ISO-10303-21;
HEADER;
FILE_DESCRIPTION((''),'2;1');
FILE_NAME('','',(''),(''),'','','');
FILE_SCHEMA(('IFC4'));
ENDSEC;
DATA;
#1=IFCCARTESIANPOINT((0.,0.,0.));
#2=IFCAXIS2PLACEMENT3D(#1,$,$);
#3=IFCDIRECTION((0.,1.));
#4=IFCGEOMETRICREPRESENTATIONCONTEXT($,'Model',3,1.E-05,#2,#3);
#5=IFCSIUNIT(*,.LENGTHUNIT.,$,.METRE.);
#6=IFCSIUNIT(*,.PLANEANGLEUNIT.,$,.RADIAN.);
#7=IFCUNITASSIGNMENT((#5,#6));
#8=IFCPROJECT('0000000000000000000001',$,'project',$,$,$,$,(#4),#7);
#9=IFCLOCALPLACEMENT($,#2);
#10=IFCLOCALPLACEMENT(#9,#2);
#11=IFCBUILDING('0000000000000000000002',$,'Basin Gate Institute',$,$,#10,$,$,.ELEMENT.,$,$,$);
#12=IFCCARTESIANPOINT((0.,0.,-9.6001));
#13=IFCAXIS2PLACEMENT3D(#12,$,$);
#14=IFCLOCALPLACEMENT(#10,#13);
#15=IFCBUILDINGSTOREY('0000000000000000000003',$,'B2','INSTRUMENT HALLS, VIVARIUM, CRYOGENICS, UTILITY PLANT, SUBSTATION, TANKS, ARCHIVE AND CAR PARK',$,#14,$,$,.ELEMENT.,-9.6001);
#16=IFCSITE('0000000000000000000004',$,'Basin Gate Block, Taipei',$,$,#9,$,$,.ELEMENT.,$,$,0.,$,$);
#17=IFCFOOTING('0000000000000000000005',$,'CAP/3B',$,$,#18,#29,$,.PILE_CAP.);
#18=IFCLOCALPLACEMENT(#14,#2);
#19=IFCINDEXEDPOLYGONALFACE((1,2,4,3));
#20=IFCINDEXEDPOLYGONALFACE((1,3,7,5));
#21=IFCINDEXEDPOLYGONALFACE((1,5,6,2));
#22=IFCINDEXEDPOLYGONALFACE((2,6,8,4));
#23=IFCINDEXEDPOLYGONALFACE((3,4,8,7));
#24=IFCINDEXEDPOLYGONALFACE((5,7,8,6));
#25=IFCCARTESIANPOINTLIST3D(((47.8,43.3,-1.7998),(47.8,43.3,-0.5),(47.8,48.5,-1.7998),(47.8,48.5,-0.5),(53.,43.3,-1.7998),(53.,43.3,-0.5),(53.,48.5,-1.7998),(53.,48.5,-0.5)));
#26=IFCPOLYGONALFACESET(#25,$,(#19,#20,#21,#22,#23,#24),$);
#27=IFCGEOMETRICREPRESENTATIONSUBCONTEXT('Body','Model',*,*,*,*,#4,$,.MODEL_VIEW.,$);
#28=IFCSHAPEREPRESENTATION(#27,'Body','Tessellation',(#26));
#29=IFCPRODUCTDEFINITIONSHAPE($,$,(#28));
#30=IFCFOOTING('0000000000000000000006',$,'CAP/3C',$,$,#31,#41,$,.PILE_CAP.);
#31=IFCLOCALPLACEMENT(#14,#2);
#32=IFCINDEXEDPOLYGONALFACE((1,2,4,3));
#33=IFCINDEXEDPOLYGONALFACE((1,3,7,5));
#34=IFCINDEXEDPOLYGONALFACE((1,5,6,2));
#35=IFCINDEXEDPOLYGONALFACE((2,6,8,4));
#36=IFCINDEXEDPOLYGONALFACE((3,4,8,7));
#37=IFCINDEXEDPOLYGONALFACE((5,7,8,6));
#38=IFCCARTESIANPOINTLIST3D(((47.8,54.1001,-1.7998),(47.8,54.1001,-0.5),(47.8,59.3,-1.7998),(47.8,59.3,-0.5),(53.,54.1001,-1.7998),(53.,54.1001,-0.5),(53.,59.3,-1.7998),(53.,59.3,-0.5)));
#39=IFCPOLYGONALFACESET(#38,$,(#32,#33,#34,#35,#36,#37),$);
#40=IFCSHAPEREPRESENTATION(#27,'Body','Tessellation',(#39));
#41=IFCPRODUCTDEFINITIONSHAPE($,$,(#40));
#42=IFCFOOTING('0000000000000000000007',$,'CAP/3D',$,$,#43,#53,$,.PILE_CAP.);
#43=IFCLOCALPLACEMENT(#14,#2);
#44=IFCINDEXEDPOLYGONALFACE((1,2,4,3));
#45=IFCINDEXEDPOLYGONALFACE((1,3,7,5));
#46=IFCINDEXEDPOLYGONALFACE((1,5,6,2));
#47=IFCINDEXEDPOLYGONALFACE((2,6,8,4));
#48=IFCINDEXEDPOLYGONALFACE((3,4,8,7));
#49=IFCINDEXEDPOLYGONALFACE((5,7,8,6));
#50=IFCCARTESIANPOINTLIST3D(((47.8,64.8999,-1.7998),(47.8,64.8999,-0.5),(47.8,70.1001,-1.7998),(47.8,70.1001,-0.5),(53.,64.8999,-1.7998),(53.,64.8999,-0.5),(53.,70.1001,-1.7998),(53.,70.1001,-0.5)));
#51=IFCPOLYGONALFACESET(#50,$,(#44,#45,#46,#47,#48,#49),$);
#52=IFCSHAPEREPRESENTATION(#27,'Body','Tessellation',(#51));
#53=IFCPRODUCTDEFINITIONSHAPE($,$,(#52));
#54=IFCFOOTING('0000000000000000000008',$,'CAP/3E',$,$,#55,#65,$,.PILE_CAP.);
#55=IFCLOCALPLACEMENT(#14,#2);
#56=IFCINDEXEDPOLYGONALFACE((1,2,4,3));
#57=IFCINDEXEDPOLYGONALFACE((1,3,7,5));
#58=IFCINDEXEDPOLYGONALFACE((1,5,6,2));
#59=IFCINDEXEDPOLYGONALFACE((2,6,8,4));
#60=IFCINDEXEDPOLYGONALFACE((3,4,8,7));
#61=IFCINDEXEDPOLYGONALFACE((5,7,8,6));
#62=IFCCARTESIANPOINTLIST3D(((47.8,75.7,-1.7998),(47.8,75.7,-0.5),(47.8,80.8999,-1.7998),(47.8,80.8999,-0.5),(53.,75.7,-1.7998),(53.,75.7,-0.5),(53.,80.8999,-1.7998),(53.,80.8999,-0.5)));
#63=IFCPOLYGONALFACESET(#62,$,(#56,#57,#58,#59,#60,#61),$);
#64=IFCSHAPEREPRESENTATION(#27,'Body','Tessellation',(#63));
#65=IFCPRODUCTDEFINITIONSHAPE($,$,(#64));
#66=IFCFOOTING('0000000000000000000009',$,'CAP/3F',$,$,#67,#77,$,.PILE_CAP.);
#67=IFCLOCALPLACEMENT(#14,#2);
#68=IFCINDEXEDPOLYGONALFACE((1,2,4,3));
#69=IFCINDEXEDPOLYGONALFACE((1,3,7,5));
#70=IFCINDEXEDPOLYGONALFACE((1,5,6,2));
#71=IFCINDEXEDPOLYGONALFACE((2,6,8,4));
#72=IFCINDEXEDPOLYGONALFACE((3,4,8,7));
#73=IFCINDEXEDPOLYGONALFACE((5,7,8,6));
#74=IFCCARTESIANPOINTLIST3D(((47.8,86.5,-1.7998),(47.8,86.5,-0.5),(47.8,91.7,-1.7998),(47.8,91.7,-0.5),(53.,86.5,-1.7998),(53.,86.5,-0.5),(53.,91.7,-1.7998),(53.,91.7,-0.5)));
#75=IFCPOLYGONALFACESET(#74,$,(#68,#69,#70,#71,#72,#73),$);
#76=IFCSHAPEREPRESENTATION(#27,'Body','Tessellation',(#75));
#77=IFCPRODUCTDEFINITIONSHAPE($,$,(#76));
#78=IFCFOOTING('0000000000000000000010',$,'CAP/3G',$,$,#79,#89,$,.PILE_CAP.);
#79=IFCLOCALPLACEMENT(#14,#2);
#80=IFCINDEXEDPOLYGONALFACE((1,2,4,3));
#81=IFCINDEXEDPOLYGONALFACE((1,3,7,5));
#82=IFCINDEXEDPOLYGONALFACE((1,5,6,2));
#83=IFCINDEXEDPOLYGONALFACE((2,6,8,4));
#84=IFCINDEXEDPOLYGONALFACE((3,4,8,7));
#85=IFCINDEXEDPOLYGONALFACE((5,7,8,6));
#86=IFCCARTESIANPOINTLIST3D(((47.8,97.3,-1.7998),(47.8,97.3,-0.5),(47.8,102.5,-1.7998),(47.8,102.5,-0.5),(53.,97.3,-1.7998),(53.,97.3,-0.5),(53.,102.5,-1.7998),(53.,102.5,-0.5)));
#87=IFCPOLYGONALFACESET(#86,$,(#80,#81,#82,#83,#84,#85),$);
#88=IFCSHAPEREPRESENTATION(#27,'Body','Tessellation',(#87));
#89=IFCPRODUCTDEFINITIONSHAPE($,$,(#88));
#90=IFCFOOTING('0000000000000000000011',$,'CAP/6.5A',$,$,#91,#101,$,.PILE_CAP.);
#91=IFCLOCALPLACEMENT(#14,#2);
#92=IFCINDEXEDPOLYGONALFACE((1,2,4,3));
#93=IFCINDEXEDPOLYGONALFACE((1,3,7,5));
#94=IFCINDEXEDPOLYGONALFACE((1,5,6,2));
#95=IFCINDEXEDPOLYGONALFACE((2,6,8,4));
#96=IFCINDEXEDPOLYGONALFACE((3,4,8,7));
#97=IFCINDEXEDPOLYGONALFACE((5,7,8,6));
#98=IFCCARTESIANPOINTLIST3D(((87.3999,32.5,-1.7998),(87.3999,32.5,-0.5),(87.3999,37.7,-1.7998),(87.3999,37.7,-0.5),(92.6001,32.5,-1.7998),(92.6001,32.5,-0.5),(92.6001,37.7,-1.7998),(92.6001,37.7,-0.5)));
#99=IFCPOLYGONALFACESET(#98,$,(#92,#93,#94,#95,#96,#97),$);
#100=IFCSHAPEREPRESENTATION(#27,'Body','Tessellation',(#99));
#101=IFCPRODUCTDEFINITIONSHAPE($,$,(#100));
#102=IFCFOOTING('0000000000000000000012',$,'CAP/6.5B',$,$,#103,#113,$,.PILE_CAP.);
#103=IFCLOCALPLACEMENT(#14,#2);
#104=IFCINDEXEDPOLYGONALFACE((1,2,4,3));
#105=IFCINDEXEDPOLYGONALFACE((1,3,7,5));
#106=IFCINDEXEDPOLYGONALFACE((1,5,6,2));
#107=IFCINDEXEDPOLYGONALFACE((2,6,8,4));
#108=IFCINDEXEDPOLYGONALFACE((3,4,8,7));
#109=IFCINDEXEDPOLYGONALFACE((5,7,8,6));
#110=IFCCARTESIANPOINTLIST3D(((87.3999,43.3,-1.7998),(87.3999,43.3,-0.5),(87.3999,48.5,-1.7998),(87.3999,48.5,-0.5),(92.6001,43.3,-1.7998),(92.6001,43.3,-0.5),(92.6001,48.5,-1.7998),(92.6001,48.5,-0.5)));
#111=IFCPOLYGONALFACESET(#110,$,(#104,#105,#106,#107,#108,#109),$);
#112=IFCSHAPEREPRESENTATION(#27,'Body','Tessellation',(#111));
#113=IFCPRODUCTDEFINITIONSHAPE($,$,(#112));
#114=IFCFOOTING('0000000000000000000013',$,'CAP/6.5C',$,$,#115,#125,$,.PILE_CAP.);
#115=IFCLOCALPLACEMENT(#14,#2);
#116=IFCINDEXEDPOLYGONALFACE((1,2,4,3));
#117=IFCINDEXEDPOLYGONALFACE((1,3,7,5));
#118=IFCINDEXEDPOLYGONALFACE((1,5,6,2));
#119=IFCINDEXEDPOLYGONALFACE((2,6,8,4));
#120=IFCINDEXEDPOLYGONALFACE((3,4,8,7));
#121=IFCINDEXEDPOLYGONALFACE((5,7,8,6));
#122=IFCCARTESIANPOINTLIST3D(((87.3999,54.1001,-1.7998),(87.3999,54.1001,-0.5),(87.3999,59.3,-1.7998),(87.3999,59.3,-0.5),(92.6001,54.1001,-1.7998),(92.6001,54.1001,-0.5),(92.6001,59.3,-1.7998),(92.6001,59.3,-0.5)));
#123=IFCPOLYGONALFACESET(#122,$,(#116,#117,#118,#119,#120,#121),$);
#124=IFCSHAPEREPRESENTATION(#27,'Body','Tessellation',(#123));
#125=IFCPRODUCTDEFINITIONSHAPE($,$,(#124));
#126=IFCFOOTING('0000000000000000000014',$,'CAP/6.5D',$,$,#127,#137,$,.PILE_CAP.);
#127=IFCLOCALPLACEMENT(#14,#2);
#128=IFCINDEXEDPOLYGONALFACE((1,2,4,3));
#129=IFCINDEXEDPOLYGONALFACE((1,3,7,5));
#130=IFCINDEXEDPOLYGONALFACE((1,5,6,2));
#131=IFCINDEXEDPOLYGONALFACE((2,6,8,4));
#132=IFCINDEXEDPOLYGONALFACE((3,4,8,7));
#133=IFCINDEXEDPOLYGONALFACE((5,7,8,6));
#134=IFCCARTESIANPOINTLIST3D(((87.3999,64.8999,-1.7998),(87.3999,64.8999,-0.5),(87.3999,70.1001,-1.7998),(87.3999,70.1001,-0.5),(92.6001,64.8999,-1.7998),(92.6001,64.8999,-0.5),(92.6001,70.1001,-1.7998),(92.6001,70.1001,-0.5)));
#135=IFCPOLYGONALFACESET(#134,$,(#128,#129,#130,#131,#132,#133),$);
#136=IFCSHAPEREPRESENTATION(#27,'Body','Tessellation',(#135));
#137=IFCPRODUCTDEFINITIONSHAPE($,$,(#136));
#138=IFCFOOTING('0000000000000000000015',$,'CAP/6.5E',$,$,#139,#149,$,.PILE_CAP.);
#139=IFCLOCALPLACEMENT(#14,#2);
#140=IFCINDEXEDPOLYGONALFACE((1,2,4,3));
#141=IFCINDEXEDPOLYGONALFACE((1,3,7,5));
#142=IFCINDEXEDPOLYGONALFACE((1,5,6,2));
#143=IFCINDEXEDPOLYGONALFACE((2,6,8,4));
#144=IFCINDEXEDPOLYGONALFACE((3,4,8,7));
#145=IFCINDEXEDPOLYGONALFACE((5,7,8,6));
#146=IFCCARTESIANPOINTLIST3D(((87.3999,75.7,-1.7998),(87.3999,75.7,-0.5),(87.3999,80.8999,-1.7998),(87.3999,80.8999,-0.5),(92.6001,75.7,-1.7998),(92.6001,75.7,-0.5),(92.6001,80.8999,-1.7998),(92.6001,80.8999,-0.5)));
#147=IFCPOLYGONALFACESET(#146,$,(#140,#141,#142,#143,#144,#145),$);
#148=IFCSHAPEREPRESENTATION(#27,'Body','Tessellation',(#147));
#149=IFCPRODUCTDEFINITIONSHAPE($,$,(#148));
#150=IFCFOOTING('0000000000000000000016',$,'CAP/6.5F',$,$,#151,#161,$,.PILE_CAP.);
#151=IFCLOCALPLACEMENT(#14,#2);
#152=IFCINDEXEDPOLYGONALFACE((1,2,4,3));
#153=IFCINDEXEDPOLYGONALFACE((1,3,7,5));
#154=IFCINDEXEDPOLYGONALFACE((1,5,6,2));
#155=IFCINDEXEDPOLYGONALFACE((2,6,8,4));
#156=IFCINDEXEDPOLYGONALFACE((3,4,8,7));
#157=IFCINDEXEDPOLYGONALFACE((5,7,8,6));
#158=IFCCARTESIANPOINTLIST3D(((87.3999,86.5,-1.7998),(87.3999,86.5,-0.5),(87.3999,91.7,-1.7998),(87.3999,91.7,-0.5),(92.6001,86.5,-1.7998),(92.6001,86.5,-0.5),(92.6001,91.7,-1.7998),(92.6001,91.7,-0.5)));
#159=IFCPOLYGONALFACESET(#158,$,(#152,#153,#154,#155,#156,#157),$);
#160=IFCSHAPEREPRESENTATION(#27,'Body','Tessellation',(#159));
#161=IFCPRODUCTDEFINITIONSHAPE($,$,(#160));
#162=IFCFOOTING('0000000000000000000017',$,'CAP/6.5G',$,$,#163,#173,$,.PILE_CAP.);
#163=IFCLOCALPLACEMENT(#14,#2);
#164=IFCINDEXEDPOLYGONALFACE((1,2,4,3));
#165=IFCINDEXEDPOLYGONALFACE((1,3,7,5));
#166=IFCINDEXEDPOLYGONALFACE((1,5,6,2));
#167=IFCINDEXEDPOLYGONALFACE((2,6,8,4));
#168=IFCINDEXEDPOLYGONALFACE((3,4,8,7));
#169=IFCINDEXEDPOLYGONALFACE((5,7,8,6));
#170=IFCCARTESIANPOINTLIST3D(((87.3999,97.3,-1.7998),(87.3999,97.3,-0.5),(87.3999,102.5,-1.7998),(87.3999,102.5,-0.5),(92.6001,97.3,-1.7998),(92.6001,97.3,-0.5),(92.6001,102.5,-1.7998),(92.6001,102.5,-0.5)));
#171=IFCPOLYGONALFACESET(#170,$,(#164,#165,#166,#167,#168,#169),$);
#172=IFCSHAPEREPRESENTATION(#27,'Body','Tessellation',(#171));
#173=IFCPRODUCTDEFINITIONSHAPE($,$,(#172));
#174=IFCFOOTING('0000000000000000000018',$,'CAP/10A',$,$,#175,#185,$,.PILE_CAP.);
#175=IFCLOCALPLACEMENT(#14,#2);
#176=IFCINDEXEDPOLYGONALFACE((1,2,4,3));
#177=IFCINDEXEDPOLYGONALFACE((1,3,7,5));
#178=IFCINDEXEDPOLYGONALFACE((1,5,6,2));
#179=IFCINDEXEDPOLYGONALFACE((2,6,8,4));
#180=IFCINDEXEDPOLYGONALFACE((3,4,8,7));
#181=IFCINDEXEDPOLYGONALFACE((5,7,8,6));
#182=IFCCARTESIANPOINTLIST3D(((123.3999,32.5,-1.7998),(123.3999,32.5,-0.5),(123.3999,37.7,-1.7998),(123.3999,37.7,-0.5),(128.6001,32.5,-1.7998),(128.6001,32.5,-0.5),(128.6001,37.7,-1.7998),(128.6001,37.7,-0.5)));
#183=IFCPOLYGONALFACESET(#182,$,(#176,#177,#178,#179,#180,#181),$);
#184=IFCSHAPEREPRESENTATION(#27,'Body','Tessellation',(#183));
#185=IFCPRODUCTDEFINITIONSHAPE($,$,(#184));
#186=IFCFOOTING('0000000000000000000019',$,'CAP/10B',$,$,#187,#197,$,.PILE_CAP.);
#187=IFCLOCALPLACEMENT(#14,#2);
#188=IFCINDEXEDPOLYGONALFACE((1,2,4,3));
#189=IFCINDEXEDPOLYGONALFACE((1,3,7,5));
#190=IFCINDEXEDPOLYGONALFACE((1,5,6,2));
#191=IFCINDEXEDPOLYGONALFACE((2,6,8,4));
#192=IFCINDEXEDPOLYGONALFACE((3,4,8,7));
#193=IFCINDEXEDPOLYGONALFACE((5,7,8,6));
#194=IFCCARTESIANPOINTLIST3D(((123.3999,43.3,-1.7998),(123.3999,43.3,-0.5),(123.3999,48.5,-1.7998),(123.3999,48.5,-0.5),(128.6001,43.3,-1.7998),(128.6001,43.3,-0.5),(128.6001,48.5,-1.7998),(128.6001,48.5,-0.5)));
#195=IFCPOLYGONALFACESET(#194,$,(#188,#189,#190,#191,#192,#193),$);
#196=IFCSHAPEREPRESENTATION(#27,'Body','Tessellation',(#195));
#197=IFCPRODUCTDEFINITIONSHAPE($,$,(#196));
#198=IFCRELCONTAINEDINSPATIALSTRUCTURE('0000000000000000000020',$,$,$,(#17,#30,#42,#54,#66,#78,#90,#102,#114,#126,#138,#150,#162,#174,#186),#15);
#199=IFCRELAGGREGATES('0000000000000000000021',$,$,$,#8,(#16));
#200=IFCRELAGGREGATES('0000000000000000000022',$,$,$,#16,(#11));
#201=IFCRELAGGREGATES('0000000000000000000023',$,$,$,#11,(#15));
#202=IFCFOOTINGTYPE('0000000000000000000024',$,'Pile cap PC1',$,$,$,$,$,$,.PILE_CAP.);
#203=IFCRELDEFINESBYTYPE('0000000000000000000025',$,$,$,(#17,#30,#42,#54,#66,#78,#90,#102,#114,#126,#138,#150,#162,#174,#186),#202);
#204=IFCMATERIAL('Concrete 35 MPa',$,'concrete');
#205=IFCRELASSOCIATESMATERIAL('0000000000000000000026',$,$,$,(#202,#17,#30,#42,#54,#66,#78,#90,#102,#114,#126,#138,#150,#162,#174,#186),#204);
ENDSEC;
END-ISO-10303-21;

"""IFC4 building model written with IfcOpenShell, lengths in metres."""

from ifc_helpers import new_model, si_unit, direction, frame, origin, place, context, subcontext, project, spatial, polyline, outline, extrude, material, type_object, element, save


model = new_model("IFC4")

# Units and contexts
model_context = context("Model", 3, precision=1e-05, world=origin(), true_north=direction((0.0, 1.0)))
body_context = subcontext(model_context, "Body", "Model", "MODEL_VIEW")
ifc_project = project(units=[si_unit("LENGTHUNIT", "METRE"), si_unit("PLANEANGLEUNIT", "RADIAN")], contexts=[model_context])

# Site, building, storey
site_placement = place(None, origin())
site = spatial("IfcSite", under=ifc_project, at=site_placement, Name="Basin Gate Block, Taipei", CompositionType="ELEMENT", RefElevation=0.0)
building_placement = place(site_placement, origin())
building = spatial("IfcBuilding", under=site, at=building_placement, Name="Basin Gate Institute", CompositionType="ELEMENT")
storey_placement = place(building_placement, frame((0.0, 0.0, -9.6001)))
storey = spatial("IfcBuildingStorey", under=building, at=storey_placement, Name="B2", Description="INSTRUMENT HALLS, VIVARIUM, CRYOGENICS, UTILITY PLANT, SUBSTATION, TANKS, ARCHIVE AND CAR PARK", CompositionType="ELEMENT", Elevation=-9.6001)

# Footings
ifc_material = material(Name="Concrete 35 MPa", Category="concrete")
footing_type = type_object("IfcFootingType", Name="Pile cap PC1", PredefinedType="PILE_CAP", material=ifc_material)
footing_1_placement = place(storey_placement, frame((0.0, 0.0, -1.7998)))
element("IfcFooting", 1, at=footing_1_placement, inside=storey, type_object=footing_type, material=ifc_material, Name="CAP/3B", PredefinedType="PILE_CAP", context=body_context, shape_type="SweptSolid", body=[
    extrude(outline(polyline([(47.8, 43.3), (53.0, 43.3), (53.0, 48.5), (47.8, 48.5), (47.8, 43.3)])), origin(), (0.0, 0.0, 1.0), 1.2998),
])
footing_2_placement = place(storey_placement, frame((0.0, 0.0, -1.7998)))
element("IfcFooting", 2, at=footing_2_placement, inside=storey, type_object=footing_type, material=ifc_material, Name="CAP/3C", PredefinedType="PILE_CAP", context=body_context, shape_type="SweptSolid", body=[
    extrude(outline(polyline([(47.8, 54.1001), (53.0, 54.1001), (53.0, 59.3), (47.8, 59.3), (47.8, 54.1001)])), origin(), (0.0, 0.0, 1.0), 1.2998),
])
footing_3_placement = place(storey_placement, frame((0.0, 0.0, -1.7998)))
element("IfcFooting", 3, at=footing_3_placement, inside=storey, type_object=footing_type, material=ifc_material, Name="CAP/3D", PredefinedType="PILE_CAP", context=body_context, shape_type="SweptSolid", body=[
    extrude(outline(polyline([(47.8, 64.8999), (53.0, 64.8999), (53.0, 70.1001), (47.8, 70.1001), (47.8, 64.8999)])), origin(), (0.0, 0.0, 1.0), 1.2998),
])
footing_4_placement = place(storey_placement, frame((0.0, 0.0, -1.7998)))
element("IfcFooting", 4, at=footing_4_placement, inside=storey, type_object=footing_type, material=ifc_material, Name="CAP/3E", PredefinedType="PILE_CAP", context=body_context, shape_type="SweptSolid", body=[
    extrude(outline(polyline([(47.8, 75.7), (53.0, 75.7), (53.0, 80.8999), (47.8, 80.8999), (47.8, 75.7)])), origin(), (0.0, 0.0, 1.0), 1.2998),
])
footing_5_placement = place(storey_placement, frame((0.0, 0.0, -1.7998)))
element("IfcFooting", 5, at=footing_5_placement, inside=storey, type_object=footing_type, material=ifc_material, Name="CAP/3F", PredefinedType="PILE_CAP", context=body_context, shape_type="SweptSolid", body=[
    extrude(outline(polyline([(47.8, 86.5), (53.0, 86.5), (53.0, 91.7), (47.8, 91.7), (47.8, 86.5)])), origin(), (0.0, 0.0, 1.0), 1.2998),
])
footing_6_placement = place(storey_placement, frame((0.0, 0.0, -1.7998)))
element("IfcFooting", 6, at=footing_6_placement, inside=storey, type_object=footing_type, material=ifc_material, Name="CAP/3G", PredefinedType="PILE_CAP", context=body_context, shape_type="SweptSolid", body=[
    extrude(outline(polyline([(47.8, 97.3), (53.0, 97.3), (53.0, 102.5), (47.8, 102.5), (47.8, 97.3)])), origin(), (0.0, 0.0, 1.0), 1.2998),
])
footing_7_placement = place(storey_placement, frame((0.0, 0.0, -1.7998)))
element("IfcFooting", 7, at=footing_7_placement, inside=storey, type_object=footing_type, material=ifc_material, Name="CAP/6.5A", PredefinedType="PILE_CAP", context=body_context, shape_type="SweptSolid", body=[
    extrude(outline(polyline([(87.3999, 32.5), (92.6001, 32.5), (92.6001, 37.7), (87.3999, 37.7), (87.3999, 32.5)])), origin(), (0.0, 0.0, 1.0), 1.2998),
])
footing_8_placement = place(storey_placement, frame((0.0, 0.0, -1.7998)))
element("IfcFooting", 8, at=footing_8_placement, inside=storey, type_object=footing_type, material=ifc_material, Name="CAP/6.5B", PredefinedType="PILE_CAP", context=body_context, shape_type="SweptSolid", body=[
    extrude(outline(polyline([(87.3999, 43.3), (92.6001, 43.3), (92.6001, 48.5), (87.3999, 48.5), (87.3999, 43.3)])), origin(), (0.0, 0.0, 1.0), 1.2998),
])
footing_9_placement = place(storey_placement, frame((0.0, 0.0, -1.7998)))
element("IfcFooting", 9, at=footing_9_placement, inside=storey, type_object=footing_type, material=ifc_material, Name="CAP/6.5C", PredefinedType="PILE_CAP", context=body_context, shape_type="SweptSolid", body=[
    extrude(outline(polyline([(87.3999, 54.1001), (92.6001, 54.1001), (92.6001, 59.3), (87.3999, 59.3), (87.3999, 54.1001)])), origin(), (0.0, 0.0, 1.0), 1.2998),
])
footing_10_placement = place(storey_placement, frame((0.0, 0.0, -1.7998)))
element("IfcFooting", 10, at=footing_10_placement, inside=storey, type_object=footing_type, material=ifc_material, Name="CAP/6.5D", PredefinedType="PILE_CAP", context=body_context, shape_type="SweptSolid", body=[
    extrude(outline(polyline([(87.3999, 64.8999), (92.6001, 64.8999), (92.6001, 70.1001), (87.3999, 70.1001), (87.3999, 64.8999)])), origin(), (0.0, 0.0, 1.0), 1.2998),
])
footing_11_placement = place(storey_placement, frame((0.0, 0.0, -1.7998)))
element("IfcFooting", 11, at=footing_11_placement, inside=storey, type_object=footing_type, material=ifc_material, Name="CAP/6.5E", PredefinedType="PILE_CAP", context=body_context, shape_type="SweptSolid", body=[
    extrude(outline(polyline([(87.3999, 75.7), (92.6001, 75.7), (92.6001, 80.8999), (87.3999, 80.8999), (87.3999, 75.7)])), origin(), (0.0, 0.0, 1.0), 1.2998),
])
footing_12_placement = place(storey_placement, frame((0.0, 0.0, -1.7998)))
element("IfcFooting", 12, at=footing_12_placement, inside=storey, type_object=footing_type, material=ifc_material, Name="CAP/6.5F", PredefinedType="PILE_CAP", context=body_context, shape_type="SweptSolid", body=[
    extrude(outline(polyline([(87.3999, 86.5), (92.6001, 86.5), (92.6001, 91.7), (87.3999, 91.7), (87.3999, 86.5)])), origin(), (0.0, 0.0, 1.0), 1.2998),
])
footing_13_placement = place(storey_placement, frame((0.0, 0.0, -1.7998)))
element("IfcFooting", 13, at=footing_13_placement, inside=storey, type_object=footing_type, material=ifc_material, Name="CAP/6.5G", PredefinedType="PILE_CAP", context=body_context, shape_type="SweptSolid", body=[
    extrude(outline(polyline([(87.3999, 97.3), (92.6001, 97.3), (92.6001, 102.5), (87.3999, 102.5), (87.3999, 97.3)])), origin(), (0.0, 0.0, 1.0), 1.2998),
])
footing_14_placement = place(storey_placement, frame((0.0, 0.0, -1.7998)))
element("IfcFooting", 14, at=footing_14_placement, inside=storey, type_object=footing_type, material=ifc_material, Name="CAP/10A", PredefinedType="PILE_CAP", context=body_context, shape_type="SweptSolid", body=[
    extrude(outline(polyline([(123.3999, 32.5), (128.6001, 32.5), (128.6001, 37.7), (123.3999, 37.7), (123.3999, 32.5)])), origin(), (0.0, 0.0, 1.0), 1.2998),
])
footing_15_placement = place(storey_placement, frame((0.0, 0.0, -1.7998)))
element("IfcFooting", 15, at=footing_15_placement, inside=storey, type_object=footing_type, material=ifc_material, Name="CAP/10B", PredefinedType="PILE_CAP", context=body_context, shape_type="SweptSolid", body=[
    extrude(outline(polyline([(123.3999, 43.3), (128.6001, 43.3), (128.6001, 48.5), (123.3999, 48.5), (123.3999, 43.3)])), origin(), (0.0, 0.0, 1.0), 1.2998),
])

save(model, "model.ifc")
